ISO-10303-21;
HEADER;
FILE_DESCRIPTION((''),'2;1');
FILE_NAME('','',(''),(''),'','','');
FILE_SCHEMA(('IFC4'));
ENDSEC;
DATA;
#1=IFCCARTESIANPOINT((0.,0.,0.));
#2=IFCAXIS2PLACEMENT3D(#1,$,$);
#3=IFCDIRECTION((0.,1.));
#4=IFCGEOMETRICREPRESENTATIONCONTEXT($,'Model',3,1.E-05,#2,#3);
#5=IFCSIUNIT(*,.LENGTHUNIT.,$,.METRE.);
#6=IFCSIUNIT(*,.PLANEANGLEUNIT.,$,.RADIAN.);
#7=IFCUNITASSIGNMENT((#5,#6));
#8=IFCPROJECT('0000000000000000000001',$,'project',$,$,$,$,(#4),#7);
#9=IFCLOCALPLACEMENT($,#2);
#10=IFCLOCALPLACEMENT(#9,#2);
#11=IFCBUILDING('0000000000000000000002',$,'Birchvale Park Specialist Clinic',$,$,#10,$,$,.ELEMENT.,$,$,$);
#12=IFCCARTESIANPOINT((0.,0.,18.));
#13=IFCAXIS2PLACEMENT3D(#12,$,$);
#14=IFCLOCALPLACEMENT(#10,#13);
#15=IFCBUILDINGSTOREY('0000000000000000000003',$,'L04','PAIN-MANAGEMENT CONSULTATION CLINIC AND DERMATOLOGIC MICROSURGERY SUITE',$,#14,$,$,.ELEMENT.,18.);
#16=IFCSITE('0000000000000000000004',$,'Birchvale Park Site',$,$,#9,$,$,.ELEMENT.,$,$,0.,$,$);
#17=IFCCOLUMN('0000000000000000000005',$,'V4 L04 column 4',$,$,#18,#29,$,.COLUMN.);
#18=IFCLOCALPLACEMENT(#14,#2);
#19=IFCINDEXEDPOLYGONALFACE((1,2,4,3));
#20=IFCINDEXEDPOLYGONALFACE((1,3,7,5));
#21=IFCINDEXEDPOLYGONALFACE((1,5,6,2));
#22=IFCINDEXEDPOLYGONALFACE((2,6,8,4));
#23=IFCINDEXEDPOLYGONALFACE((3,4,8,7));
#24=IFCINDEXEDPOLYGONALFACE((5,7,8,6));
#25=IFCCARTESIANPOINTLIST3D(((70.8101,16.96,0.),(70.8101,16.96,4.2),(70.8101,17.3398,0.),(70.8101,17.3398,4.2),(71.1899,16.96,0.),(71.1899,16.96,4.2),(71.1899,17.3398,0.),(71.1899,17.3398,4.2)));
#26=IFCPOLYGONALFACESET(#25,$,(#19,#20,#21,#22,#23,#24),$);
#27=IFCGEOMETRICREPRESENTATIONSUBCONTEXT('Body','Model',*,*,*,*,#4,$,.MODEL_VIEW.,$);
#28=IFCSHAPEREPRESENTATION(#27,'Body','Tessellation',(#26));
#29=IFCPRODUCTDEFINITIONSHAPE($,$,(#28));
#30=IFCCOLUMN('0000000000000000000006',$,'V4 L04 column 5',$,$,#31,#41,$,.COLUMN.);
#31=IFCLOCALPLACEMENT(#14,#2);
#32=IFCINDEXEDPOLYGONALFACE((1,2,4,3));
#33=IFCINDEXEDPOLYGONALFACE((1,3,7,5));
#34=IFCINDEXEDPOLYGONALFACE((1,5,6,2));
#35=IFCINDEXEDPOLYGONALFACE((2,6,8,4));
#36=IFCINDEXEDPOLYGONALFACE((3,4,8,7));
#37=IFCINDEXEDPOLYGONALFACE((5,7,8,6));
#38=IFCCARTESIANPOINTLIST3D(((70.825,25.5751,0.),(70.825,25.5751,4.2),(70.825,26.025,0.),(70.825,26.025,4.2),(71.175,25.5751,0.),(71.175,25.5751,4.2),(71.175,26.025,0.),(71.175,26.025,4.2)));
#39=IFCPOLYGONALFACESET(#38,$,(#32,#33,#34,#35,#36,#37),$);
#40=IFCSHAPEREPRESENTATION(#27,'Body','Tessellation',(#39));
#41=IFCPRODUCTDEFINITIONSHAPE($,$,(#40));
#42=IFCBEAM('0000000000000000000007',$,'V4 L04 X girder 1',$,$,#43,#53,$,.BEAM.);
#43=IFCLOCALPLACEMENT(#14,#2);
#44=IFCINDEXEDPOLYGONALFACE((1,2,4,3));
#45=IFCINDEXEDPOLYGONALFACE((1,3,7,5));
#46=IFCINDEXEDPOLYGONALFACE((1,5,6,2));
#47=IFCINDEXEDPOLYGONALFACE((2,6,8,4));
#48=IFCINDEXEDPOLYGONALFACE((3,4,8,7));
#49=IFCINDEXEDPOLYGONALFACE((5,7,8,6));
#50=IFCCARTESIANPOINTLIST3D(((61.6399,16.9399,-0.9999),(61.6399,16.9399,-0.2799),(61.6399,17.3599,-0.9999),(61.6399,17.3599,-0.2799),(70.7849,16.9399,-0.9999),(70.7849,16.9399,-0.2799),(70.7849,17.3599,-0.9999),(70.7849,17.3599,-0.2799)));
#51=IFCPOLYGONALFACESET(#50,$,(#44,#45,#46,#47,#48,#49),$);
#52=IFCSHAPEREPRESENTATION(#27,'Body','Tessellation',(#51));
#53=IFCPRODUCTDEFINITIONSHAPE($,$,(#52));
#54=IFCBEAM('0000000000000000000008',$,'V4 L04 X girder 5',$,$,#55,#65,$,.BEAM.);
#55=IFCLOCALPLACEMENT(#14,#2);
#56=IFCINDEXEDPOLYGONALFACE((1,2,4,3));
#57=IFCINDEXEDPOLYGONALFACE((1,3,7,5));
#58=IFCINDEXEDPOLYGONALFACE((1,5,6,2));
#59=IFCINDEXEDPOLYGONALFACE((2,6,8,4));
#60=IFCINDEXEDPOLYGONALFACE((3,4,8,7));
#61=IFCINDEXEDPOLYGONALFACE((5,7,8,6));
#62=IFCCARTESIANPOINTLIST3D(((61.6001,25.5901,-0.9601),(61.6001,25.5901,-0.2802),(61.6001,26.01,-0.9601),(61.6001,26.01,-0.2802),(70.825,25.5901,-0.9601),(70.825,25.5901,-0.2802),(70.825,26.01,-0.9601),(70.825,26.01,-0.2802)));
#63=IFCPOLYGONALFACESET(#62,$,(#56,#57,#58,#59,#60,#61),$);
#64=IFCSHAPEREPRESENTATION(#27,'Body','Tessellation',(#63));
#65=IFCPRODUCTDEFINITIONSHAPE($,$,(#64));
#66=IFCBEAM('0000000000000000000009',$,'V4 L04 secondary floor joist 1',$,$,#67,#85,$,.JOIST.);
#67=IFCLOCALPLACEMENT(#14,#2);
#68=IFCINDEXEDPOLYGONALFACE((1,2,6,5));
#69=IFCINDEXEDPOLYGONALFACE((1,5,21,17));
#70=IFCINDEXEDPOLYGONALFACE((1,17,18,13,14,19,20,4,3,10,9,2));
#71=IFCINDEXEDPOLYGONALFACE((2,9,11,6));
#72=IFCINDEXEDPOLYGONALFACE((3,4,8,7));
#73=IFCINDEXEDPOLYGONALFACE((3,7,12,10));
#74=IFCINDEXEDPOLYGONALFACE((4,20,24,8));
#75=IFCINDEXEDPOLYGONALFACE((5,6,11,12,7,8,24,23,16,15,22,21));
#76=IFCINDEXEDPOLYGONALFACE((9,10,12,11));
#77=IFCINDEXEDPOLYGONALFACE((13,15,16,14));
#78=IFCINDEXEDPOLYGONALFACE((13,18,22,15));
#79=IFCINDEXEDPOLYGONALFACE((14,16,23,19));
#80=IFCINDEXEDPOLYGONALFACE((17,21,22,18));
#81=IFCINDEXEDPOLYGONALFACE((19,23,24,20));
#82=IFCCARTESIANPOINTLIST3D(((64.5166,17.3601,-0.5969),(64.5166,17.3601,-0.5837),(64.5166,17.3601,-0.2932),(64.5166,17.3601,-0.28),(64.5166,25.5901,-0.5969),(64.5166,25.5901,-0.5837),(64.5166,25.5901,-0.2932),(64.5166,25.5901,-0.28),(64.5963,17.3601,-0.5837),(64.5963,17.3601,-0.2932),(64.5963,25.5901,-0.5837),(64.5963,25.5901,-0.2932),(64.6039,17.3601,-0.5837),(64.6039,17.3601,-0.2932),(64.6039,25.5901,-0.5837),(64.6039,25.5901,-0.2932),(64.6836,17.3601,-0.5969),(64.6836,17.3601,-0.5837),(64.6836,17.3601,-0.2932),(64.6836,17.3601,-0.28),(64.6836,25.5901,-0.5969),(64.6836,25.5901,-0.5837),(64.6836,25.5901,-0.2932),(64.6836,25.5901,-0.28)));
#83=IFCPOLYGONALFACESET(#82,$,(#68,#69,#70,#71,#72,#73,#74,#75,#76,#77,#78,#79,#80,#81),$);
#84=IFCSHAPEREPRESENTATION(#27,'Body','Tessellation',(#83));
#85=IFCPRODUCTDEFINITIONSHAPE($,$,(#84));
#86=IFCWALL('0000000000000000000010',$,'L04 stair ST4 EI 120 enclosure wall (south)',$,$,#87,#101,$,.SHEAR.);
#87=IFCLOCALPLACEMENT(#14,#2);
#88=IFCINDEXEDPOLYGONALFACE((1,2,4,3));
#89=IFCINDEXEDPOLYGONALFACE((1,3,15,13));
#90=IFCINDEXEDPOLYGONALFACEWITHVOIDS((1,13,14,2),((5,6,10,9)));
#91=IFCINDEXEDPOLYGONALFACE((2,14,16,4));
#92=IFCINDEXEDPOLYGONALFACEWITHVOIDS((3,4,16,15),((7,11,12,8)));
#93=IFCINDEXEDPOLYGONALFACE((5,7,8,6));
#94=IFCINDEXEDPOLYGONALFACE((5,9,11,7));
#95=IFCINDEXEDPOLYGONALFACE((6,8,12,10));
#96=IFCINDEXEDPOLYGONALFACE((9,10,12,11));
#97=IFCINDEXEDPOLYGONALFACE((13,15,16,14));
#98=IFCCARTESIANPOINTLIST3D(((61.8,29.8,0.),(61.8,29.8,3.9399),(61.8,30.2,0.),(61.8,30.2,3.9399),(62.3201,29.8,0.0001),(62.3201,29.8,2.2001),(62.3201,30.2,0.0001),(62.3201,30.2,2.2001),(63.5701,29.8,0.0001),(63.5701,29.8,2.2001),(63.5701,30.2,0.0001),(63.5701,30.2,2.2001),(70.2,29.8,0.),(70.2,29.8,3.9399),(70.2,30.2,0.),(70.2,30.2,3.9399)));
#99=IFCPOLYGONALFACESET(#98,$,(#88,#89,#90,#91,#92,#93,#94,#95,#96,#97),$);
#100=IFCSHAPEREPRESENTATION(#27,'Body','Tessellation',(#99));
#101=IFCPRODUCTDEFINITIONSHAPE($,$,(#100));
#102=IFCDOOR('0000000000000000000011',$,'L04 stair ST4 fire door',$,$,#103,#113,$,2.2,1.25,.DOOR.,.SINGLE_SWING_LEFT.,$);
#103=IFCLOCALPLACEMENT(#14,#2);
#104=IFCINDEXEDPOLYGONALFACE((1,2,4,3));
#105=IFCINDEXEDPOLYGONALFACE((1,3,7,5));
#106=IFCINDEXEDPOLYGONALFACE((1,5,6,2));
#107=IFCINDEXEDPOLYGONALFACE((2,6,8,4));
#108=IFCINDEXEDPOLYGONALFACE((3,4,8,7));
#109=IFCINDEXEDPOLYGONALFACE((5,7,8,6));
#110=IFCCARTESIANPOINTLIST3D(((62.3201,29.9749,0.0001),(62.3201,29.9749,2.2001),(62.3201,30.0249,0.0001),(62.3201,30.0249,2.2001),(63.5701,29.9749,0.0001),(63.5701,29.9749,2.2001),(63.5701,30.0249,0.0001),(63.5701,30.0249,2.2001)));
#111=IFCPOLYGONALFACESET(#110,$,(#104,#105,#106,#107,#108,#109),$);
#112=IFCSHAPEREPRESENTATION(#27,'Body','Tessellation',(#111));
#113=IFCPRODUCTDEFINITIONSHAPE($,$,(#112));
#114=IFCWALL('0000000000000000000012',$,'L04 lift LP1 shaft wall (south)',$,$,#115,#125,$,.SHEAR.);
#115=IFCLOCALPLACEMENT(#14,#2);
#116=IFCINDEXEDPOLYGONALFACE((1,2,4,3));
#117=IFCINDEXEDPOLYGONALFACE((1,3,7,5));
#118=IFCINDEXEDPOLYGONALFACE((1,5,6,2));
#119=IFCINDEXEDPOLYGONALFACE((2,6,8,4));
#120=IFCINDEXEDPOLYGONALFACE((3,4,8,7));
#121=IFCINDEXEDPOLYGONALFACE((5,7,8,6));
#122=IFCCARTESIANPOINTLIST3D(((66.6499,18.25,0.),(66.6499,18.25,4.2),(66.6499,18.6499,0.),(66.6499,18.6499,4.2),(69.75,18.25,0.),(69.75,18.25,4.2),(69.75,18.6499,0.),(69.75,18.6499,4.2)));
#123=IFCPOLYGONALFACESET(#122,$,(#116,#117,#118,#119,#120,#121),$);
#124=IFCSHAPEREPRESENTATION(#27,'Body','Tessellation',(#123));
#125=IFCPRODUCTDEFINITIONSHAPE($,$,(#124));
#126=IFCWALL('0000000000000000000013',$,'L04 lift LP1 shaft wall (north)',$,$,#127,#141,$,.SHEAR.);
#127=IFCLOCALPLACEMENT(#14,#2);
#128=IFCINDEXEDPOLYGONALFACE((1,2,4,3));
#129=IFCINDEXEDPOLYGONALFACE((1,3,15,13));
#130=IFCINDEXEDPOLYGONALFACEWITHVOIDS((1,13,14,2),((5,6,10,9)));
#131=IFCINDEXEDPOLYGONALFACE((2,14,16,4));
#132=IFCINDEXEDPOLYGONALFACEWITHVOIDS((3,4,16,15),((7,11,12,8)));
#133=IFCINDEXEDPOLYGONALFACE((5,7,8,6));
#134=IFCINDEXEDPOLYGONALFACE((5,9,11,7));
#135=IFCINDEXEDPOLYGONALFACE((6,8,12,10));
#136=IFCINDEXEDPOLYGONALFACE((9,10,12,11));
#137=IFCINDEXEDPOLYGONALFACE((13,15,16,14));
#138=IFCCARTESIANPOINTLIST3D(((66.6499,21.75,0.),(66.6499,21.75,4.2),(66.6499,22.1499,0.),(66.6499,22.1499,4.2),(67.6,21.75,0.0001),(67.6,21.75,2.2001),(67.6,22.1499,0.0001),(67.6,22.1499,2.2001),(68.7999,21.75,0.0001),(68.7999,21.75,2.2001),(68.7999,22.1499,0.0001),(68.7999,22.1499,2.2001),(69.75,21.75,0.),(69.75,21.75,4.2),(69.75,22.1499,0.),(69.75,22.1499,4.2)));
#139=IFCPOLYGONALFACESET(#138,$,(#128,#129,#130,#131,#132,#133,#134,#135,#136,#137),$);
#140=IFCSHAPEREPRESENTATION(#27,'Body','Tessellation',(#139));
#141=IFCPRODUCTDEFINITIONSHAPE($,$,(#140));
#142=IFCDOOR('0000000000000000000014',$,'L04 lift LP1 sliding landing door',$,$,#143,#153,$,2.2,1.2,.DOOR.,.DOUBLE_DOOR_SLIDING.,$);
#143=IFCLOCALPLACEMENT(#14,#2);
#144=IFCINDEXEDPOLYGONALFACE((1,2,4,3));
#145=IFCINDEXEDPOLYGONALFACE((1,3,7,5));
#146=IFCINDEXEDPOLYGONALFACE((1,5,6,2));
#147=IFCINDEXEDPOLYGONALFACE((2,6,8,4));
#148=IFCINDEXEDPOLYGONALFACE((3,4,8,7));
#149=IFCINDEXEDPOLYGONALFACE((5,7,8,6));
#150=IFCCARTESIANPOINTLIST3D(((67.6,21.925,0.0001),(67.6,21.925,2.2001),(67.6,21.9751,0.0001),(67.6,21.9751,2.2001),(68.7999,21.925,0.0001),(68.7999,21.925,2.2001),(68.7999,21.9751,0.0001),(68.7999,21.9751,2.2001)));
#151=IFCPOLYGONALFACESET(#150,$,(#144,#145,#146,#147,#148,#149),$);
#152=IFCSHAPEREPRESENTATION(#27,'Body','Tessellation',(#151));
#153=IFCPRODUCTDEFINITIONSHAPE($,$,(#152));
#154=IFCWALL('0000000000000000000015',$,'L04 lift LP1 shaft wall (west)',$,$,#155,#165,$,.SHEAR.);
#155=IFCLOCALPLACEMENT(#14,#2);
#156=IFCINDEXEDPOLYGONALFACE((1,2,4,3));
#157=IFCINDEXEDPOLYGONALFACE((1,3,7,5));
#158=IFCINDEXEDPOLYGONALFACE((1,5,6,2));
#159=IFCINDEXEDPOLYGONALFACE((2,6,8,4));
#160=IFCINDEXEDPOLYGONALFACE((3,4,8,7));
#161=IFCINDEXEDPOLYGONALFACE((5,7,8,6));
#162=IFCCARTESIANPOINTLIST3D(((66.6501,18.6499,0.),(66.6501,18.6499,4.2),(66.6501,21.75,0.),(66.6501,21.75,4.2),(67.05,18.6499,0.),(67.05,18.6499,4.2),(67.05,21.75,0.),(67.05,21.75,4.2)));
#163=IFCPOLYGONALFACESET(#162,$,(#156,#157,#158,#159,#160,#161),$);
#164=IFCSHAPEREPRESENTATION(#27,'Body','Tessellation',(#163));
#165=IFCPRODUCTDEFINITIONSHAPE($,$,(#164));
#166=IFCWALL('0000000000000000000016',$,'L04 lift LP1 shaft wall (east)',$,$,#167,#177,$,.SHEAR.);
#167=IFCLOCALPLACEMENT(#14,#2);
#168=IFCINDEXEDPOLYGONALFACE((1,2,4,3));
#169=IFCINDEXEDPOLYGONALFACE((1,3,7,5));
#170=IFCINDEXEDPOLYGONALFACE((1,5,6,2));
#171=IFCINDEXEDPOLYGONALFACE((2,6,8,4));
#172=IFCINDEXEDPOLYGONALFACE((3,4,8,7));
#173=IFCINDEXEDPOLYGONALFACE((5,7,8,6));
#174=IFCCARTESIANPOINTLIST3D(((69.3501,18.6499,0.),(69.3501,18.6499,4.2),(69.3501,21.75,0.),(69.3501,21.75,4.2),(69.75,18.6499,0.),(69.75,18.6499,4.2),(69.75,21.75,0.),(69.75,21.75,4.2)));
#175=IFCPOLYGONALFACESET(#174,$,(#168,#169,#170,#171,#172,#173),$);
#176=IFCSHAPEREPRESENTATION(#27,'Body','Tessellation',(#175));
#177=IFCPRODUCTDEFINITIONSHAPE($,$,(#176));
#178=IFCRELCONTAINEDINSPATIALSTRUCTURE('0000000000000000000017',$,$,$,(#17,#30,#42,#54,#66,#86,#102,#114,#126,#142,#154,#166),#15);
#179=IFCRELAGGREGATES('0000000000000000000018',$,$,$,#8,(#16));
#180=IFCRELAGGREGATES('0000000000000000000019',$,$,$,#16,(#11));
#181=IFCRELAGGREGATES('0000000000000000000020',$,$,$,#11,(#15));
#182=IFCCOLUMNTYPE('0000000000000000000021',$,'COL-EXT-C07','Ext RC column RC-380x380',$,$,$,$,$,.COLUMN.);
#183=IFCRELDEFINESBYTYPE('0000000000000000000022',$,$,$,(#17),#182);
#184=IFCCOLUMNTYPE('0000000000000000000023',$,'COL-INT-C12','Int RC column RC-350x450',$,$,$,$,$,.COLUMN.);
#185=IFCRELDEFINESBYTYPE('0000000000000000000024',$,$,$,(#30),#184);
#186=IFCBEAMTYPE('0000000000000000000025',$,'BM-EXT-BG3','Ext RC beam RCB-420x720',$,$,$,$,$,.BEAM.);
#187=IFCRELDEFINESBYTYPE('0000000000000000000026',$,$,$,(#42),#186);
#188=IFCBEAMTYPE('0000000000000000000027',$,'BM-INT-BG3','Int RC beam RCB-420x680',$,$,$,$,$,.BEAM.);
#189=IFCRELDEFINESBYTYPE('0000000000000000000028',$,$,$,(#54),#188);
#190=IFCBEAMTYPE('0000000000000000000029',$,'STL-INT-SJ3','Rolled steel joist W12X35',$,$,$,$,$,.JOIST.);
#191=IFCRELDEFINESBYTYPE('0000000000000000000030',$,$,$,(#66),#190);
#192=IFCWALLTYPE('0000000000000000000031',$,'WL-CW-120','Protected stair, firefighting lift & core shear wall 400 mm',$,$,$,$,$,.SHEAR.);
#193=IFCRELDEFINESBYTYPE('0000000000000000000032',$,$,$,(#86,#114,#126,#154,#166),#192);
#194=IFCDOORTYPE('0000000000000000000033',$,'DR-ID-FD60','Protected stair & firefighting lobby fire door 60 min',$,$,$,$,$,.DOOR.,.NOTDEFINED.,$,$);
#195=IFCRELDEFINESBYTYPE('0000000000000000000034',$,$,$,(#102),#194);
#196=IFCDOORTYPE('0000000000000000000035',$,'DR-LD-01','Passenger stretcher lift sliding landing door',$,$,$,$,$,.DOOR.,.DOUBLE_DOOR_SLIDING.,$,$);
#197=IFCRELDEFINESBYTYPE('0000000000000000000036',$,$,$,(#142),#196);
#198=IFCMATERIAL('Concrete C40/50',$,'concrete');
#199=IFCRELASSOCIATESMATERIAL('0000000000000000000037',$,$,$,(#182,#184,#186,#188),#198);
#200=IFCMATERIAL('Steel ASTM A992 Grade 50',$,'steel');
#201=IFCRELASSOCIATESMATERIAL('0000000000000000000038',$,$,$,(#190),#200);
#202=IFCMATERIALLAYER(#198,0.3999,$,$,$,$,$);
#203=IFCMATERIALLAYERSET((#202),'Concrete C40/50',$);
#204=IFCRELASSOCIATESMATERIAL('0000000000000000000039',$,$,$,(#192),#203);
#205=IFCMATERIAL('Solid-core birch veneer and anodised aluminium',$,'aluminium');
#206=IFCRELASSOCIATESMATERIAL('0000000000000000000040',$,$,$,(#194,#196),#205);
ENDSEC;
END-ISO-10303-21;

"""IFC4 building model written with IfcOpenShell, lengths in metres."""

from ifc_helpers import new_model, si_unit, direction, frame, frame_2d, origin, origin_2d, place, context, subcontext, project, spatial, rectangle, i_section, extrude, material, layer, layer_set, material_profile, profile_set, type_object, element, fill, save


model = new_model("IFC4")

# Units and contexts
model_context = context("Model", 3, precision=1e-05, world=origin(), true_north=direction((0.0, 1.0)))
body_context = subcontext(model_context, "Body", "Model", "MODEL_VIEW")
ifc_project = project(units=[si_unit("LENGTHUNIT", "METRE"), si_unit("PLANEANGLEUNIT", "RADIAN")], contexts=[model_context])

# Site, building, storey
site_placement = place(None, origin())
site = spatial("IfcSite", under=ifc_project, at=site_placement, Name="Birchvale Park Site", CompositionType="ELEMENT", RefElevation=0.0)
building_placement = place(site_placement, origin())
building = spatial("IfcBuilding", under=site, at=building_placement, Name="Birchvale Park Specialist Clinic", CompositionType="ELEMENT")
storey_placement = place(building_placement, frame((0.0, 0.0, 18.0)))
storey = spatial("IfcBuildingStorey", under=building, at=storey_placement, Name="L04", Description="PAIN-MANAGEMENT CONSULTATION CLINIC AND DERMATOLOGIC MICROSURGERY SUITE", CompositionType="ELEMENT", Elevation=18.0)

# Columns
ifc_material_1 = material(Name="Concrete C40/50", Category="concrete")
ifc_material_profile_1 = material_profile(ifc_material_1, rectangle(XDim=0.3799, YDim=0.3799, at=origin_2d()), Name="RC-380x380")
ifc_profile_set_1 = profile_set([ifc_material_profile_1], Name="Concrete C40/50")
column_type_1 = type_object("IfcColumnType", Name="COL-EXT-C07", Description="Ext RC column RC-380x380", PredefinedType="COLUMN", material=ifc_profile_set_1)
column_1_placement = place(storey_placement, frame((71.0, 17.1499, 0.0), z_axis=(0.0, 0.0, 1.0), x_axis=(1.0, 0.0, 0.0)))
element("IfcColumn", 1, at=column_1_placement, inside=storey, type_object=column_type_1, Name="V4 L04 column 4", PredefinedType="COLUMN", context=body_context, shape_type="SweptSolid", body=[
    extrude(rectangle(XDim=0.3799, YDim=0.3799, at=origin_2d()), origin(), (0.0, 0.0, 1.0), 4.2),
])
ifc_material_profile_2 = material_profile(ifc_material_1, rectangle(XDim=0.3501, YDim=0.45, at=origin_2d()), Name="RC-350x450")
ifc_profile_set_2 = profile_set([ifc_material_profile_2], Name="Concrete C40/50")
column_type_2 = type_object("IfcColumnType", Name="COL-INT-C12", Description="Int RC column RC-350x450", PredefinedType="COLUMN", material=ifc_profile_set_2)
column_2_placement = place(storey_placement, frame((71.0, 25.8, 0.0), z_axis=(0.0, 0.0, 1.0), x_axis=(1.0, 0.0, 0.0)))
element("IfcColumn", 2, at=column_2_placement, inside=storey, type_object=column_type_2, Name="V4 L04 column 5", PredefinedType="COLUMN", context=body_context, shape_type="SweptSolid", body=[
    extrude(rectangle(XDim=0.3501, YDim=0.45, at=origin_2d()), origin(), (0.0, 0.0, 1.0), 4.2),
])

# Beams
ifc_material_profile_3 = material_profile(ifc_material_1, rectangle(XDim=0.4199, YDim=0.72, at=origin_2d()), Name="RCB-420x720")
ifc_profile_set_3 = profile_set([ifc_material_profile_3], Name="Concrete C40/50")
beam_type_1 = type_object("IfcBeamType", Name="BM-EXT-BG3", Description="Ext RC beam RCB-420x720", PredefinedType="BEAM", material=ifc_profile_set_3)
beam_1_placement = place(storey_placement, frame((61.6399, 17.1499, -0.6399), z_axis=(1.0, 0.0, 0.0), x_axis=(0.0, 1.0, 0.0)))
element("IfcBeam", 3, at=beam_1_placement, inside=storey, type_object=beam_type_1, Name="V4 L04 X girder 1", PredefinedType="BEAM", context=body_context, shape_type="SweptSolid", body=[
    extrude(rectangle(XDim=0.4199, YDim=0.72, at=origin_2d()), origin(), (0.0, 0.0, 1.0), 9.145),
])
ifc_material_profile_4 = material_profile(ifc_material_1, rectangle(XDim=0.4199, YDim=0.6799, at=origin_2d()), Name="RCB-420x680")
ifc_profile_set_4 = profile_set([ifc_material_profile_4], Name="Concrete C40/50")
beam_type_2 = type_object("IfcBeamType", Name="BM-INT-BG3", Description="Int RC beam RCB-420x680", PredefinedType="BEAM", material=ifc_profile_set_4)
beam_2_placement = place(storey_placement, frame((61.6001, 25.8, -0.6201), z_axis=(1.0, 0.0, 0.0), x_axis=(0.0, 1.0, 0.0)))
element("IfcBeam", 4, at=beam_2_placement, inside=storey, type_object=beam_type_2, Name="V4 L04 X girder 5", PredefinedType="BEAM", context=body_context, shape_type="SweptSolid", body=[
    extrude(rectangle(XDim=0.4199, YDim=0.6799, at=origin_2d()), origin(), (0.0, 0.0, 1.0), 9.2249),
])
ifc_material_2 = material(Name="Steel ASTM A992 Grade 50", Category="steel")
ifc_material_profile_5 = material_profile(ifc_material_2, i_section(OverallWidth=0.167, OverallDepth=0.3169, WebThickness=0.0076, FlangeThickness=0.0132, at=origin_2d()), Name="W12X35")
ifc_profile_set_5 = profile_set([ifc_material_profile_5], Name="Steel ASTM A992 Grade 50")
beam_type_3 = type_object("IfcBeamType", Name="STL-INT-SJ3", Description="Rolled steel joist W12X35", PredefinedType="JOIST", material=ifc_profile_set_5)
beam_3_placement = place(storey_placement, frame((64.6001, 17.3601, -0.4385), z_axis=(0.0, 1.0, 0.0), x_axis=(-1.0, 0.0, 0.0)))
element("IfcBeam", 5, at=beam_3_placement, inside=storey, type_object=beam_type_3, Name="V4 L04 secondary floor joist 1", PredefinedType="JOIST", context=body_context, shape_type="SweptSolid", body=[
    extrude(i_section(OverallWidth=0.167, OverallDepth=0.3169, WebThickness=0.0076, FlangeThickness=0.0132, at=origin_2d()), origin(), (0.0, 0.0, 1.0), 8.23),
])

# Wall, opening, door
ifc_layer_1 = layer(ifc_material_1, 0.3999)
ifc_layer_set_1 = layer_set([ifc_layer_1], Name="Concrete C40/50")
wall_type_1 = type_object("IfcWallType", Name="WL-CW-120", Description="Protected stair, firefighting lift & core shear wall 400 mm", PredefinedType="SHEAR", material=ifc_layer_set_1)
wall_1_placement = place(storey_placement, frame((61.8, 30.0, 0.0), z_axis=(0.0, 0.0, 1.0), x_axis=(1.0, 0.0, 0.0)))
wall_1 = element("IfcWall", 6, at=wall_1_placement, inside=storey, type_object=wall_type_1, Name="L04 stair ST4 EI 120 enclosure wall (south)", PredefinedType="SHEAR", context=body_context, shape_type="SweptSolid", body=[
    extrude(rectangle(XDim=8.3999, YDim=0.3999, at=frame_2d((4.2, 0.0))), origin(), (0.0, 0.0, 1.0), 3.9399),
])
opening_1_placement = place(wall_1_placement, frame((0.52, 0.0, 0.0)))
opening_1 = element("IfcOpeningElement", 7, at=opening_1_placement, cuts=wall_1, PredefinedType="OPENING", context=body_context, shape_type="SweptSolid", body=[
    extrude(rectangle(XDim=1.25, YDim=2.2, at=frame_2d((0.625, 1.1001))), frame((0.0, 0.21, 0.0), z_axis=(0.0, -1.0, 0.0), x_axis=(1.0, 0.0, 0.0)), (0.0, 0.0, 1.0), 0.4199),
])
ifc_material_3 = material(Name="Solid-core birch veneer and anodised aluminium", Category="aluminium")
door_type_1 = type_object("IfcDoorType", Name="DR-ID-FD60", Description="Protected stair & firefighting lobby fire door 60 min", OperationType="NOTDEFINED", PredefinedType="DOOR", material=ifc_material_3)
door_1_placement = place(opening_1_placement, origin())
door_1 = element("IfcDoor", 8, at=door_1_placement, inside=storey, type_object=door_type_1, Name="L04 stair ST4 fire door", OperationType="SINGLE_SWING_LEFT", OverallHeight=2.2, OverallWidth=1.25, PredefinedType="DOOR", context=body_context, shape_type="SweptSolid", body=[
    extrude(rectangle(XDim=1.25, YDim=2.2, at=frame_2d((0.625, 1.1001))), frame((0.0, 0.0249, 0.0), z_axis=(0.0, -1.0, 0.0), x_axis=(1.0, 0.0, 0.0)), (0.0, 0.0, 1.0), 0.05),
])
fill(opening_1, door_1)

# Wall
wall_2_placement = place(storey_placement, frame((66.6499, 18.45, 0.0), z_axis=(0.0, 0.0, 1.0), x_axis=(1.0, 0.0, 0.0)))
element("IfcWall", 9, at=wall_2_placement, inside=storey, type_object=wall_type_1, Name="L04 lift LP1 shaft wall (south)", PredefinedType="SHEAR", context=body_context, shape_type="SweptSolid", body=[
    extrude(rectangle(XDim=3.1001, YDim=0.3999, at=frame_2d((1.55, 0.0))), origin(), (0.0, 0.0, 1.0), 4.2),
])

# Wall, opening, door
wall_3_placement = place(storey_placement, frame((69.75, 21.95, 0.0), z_axis=(0.0, 0.0, 1.0), x_axis=(-1.0, 0.0, 0.0)))
wall_3 = element("IfcWall", 10, at=wall_3_placement, inside=storey, type_object=wall_type_1, Name="L04 lift LP1 shaft wall (north)", PredefinedType="SHEAR", context=body_context, shape_type="SweptSolid", body=[
    extrude(rectangle(XDim=3.1001, YDim=0.3999, at=frame_2d((1.55, 0.0))), origin(), (0.0, 0.0, 1.0), 4.2),
])
opening_2_placement = place(wall_3_placement, frame((0.95, 0.0, 0.0)))
opening_2 = element("IfcOpeningElement", 11, at=opening_2_placement, cuts=wall_3, PredefinedType="OPENING", context=body_context, shape_type="SweptSolid", body=[
    extrude(rectangle(XDim=1.2, YDim=2.2, at=frame_2d((0.6001, 1.1001))), frame((0.0, 0.21, 0.0), z_axis=(0.0, -1.0, 0.0), x_axis=(1.0, 0.0, 0.0)), (0.0, 0.0, 1.0), 0.4199),
])
door_type_2 = type_object("IfcDoorType", Name="DR-LD-01", Description="Passenger stretcher lift sliding landing door", OperationType="DOUBLE_DOOR_SLIDING", PredefinedType="DOOR", material=ifc_material_3)
door_2_placement = place(opening_2_placement, origin())
door_2 = element("IfcDoor", 12, at=door_2_placement, inside=storey, type_object=door_type_2, Name="L04 lift LP1 sliding landing door", OperationType="DOUBLE_DOOR_SLIDING", OverallHeight=2.2, OverallWidth=1.2, PredefinedType="DOOR", context=body_context, shape_type="SweptSolid", body=[
    extrude(rectangle(XDim=1.2, YDim=2.2, at=frame_2d((0.6001, 1.1001))), frame((0.0, 0.0249, 0.0), z_axis=(0.0, -1.0, 0.0), x_axis=(1.0, 0.0, 0.0)), (0.0, 0.0, 1.0), 0.05),
])
fill(opening_2, door_2)

# Walls
for number, where, z_axis, x_axis, name in (
    (13, (66.8501, 18.6499, 0.0), (0.0, 0.0, 1.0), (0.0, 1.0, 0.0), "L04 lift LP1 shaft wall (west)"),
    (14, (69.55, 21.75, 0.0), (0.0, 0.0, 1.0), (0.0, -1.0, 0.0), "L04 lift LP1 shaft wall (east)"),
):
    element("IfcWall", number, at=place(storey_placement, frame(where, z_axis=z_axis, x_axis=x_axis)), inside=storey, type_object=wall_type_1, Name=name, PredefinedType="SHEAR", context=body_context, shape_type="SweptSolid", body=[
        extrude(rectangle(XDim=3.1001, YDim=0.3999, at=frame_2d((1.55, 0.0))), origin(), (0.0, 0.0, 1.0), 4.2),
    ])

save(model, "model.ifc")
